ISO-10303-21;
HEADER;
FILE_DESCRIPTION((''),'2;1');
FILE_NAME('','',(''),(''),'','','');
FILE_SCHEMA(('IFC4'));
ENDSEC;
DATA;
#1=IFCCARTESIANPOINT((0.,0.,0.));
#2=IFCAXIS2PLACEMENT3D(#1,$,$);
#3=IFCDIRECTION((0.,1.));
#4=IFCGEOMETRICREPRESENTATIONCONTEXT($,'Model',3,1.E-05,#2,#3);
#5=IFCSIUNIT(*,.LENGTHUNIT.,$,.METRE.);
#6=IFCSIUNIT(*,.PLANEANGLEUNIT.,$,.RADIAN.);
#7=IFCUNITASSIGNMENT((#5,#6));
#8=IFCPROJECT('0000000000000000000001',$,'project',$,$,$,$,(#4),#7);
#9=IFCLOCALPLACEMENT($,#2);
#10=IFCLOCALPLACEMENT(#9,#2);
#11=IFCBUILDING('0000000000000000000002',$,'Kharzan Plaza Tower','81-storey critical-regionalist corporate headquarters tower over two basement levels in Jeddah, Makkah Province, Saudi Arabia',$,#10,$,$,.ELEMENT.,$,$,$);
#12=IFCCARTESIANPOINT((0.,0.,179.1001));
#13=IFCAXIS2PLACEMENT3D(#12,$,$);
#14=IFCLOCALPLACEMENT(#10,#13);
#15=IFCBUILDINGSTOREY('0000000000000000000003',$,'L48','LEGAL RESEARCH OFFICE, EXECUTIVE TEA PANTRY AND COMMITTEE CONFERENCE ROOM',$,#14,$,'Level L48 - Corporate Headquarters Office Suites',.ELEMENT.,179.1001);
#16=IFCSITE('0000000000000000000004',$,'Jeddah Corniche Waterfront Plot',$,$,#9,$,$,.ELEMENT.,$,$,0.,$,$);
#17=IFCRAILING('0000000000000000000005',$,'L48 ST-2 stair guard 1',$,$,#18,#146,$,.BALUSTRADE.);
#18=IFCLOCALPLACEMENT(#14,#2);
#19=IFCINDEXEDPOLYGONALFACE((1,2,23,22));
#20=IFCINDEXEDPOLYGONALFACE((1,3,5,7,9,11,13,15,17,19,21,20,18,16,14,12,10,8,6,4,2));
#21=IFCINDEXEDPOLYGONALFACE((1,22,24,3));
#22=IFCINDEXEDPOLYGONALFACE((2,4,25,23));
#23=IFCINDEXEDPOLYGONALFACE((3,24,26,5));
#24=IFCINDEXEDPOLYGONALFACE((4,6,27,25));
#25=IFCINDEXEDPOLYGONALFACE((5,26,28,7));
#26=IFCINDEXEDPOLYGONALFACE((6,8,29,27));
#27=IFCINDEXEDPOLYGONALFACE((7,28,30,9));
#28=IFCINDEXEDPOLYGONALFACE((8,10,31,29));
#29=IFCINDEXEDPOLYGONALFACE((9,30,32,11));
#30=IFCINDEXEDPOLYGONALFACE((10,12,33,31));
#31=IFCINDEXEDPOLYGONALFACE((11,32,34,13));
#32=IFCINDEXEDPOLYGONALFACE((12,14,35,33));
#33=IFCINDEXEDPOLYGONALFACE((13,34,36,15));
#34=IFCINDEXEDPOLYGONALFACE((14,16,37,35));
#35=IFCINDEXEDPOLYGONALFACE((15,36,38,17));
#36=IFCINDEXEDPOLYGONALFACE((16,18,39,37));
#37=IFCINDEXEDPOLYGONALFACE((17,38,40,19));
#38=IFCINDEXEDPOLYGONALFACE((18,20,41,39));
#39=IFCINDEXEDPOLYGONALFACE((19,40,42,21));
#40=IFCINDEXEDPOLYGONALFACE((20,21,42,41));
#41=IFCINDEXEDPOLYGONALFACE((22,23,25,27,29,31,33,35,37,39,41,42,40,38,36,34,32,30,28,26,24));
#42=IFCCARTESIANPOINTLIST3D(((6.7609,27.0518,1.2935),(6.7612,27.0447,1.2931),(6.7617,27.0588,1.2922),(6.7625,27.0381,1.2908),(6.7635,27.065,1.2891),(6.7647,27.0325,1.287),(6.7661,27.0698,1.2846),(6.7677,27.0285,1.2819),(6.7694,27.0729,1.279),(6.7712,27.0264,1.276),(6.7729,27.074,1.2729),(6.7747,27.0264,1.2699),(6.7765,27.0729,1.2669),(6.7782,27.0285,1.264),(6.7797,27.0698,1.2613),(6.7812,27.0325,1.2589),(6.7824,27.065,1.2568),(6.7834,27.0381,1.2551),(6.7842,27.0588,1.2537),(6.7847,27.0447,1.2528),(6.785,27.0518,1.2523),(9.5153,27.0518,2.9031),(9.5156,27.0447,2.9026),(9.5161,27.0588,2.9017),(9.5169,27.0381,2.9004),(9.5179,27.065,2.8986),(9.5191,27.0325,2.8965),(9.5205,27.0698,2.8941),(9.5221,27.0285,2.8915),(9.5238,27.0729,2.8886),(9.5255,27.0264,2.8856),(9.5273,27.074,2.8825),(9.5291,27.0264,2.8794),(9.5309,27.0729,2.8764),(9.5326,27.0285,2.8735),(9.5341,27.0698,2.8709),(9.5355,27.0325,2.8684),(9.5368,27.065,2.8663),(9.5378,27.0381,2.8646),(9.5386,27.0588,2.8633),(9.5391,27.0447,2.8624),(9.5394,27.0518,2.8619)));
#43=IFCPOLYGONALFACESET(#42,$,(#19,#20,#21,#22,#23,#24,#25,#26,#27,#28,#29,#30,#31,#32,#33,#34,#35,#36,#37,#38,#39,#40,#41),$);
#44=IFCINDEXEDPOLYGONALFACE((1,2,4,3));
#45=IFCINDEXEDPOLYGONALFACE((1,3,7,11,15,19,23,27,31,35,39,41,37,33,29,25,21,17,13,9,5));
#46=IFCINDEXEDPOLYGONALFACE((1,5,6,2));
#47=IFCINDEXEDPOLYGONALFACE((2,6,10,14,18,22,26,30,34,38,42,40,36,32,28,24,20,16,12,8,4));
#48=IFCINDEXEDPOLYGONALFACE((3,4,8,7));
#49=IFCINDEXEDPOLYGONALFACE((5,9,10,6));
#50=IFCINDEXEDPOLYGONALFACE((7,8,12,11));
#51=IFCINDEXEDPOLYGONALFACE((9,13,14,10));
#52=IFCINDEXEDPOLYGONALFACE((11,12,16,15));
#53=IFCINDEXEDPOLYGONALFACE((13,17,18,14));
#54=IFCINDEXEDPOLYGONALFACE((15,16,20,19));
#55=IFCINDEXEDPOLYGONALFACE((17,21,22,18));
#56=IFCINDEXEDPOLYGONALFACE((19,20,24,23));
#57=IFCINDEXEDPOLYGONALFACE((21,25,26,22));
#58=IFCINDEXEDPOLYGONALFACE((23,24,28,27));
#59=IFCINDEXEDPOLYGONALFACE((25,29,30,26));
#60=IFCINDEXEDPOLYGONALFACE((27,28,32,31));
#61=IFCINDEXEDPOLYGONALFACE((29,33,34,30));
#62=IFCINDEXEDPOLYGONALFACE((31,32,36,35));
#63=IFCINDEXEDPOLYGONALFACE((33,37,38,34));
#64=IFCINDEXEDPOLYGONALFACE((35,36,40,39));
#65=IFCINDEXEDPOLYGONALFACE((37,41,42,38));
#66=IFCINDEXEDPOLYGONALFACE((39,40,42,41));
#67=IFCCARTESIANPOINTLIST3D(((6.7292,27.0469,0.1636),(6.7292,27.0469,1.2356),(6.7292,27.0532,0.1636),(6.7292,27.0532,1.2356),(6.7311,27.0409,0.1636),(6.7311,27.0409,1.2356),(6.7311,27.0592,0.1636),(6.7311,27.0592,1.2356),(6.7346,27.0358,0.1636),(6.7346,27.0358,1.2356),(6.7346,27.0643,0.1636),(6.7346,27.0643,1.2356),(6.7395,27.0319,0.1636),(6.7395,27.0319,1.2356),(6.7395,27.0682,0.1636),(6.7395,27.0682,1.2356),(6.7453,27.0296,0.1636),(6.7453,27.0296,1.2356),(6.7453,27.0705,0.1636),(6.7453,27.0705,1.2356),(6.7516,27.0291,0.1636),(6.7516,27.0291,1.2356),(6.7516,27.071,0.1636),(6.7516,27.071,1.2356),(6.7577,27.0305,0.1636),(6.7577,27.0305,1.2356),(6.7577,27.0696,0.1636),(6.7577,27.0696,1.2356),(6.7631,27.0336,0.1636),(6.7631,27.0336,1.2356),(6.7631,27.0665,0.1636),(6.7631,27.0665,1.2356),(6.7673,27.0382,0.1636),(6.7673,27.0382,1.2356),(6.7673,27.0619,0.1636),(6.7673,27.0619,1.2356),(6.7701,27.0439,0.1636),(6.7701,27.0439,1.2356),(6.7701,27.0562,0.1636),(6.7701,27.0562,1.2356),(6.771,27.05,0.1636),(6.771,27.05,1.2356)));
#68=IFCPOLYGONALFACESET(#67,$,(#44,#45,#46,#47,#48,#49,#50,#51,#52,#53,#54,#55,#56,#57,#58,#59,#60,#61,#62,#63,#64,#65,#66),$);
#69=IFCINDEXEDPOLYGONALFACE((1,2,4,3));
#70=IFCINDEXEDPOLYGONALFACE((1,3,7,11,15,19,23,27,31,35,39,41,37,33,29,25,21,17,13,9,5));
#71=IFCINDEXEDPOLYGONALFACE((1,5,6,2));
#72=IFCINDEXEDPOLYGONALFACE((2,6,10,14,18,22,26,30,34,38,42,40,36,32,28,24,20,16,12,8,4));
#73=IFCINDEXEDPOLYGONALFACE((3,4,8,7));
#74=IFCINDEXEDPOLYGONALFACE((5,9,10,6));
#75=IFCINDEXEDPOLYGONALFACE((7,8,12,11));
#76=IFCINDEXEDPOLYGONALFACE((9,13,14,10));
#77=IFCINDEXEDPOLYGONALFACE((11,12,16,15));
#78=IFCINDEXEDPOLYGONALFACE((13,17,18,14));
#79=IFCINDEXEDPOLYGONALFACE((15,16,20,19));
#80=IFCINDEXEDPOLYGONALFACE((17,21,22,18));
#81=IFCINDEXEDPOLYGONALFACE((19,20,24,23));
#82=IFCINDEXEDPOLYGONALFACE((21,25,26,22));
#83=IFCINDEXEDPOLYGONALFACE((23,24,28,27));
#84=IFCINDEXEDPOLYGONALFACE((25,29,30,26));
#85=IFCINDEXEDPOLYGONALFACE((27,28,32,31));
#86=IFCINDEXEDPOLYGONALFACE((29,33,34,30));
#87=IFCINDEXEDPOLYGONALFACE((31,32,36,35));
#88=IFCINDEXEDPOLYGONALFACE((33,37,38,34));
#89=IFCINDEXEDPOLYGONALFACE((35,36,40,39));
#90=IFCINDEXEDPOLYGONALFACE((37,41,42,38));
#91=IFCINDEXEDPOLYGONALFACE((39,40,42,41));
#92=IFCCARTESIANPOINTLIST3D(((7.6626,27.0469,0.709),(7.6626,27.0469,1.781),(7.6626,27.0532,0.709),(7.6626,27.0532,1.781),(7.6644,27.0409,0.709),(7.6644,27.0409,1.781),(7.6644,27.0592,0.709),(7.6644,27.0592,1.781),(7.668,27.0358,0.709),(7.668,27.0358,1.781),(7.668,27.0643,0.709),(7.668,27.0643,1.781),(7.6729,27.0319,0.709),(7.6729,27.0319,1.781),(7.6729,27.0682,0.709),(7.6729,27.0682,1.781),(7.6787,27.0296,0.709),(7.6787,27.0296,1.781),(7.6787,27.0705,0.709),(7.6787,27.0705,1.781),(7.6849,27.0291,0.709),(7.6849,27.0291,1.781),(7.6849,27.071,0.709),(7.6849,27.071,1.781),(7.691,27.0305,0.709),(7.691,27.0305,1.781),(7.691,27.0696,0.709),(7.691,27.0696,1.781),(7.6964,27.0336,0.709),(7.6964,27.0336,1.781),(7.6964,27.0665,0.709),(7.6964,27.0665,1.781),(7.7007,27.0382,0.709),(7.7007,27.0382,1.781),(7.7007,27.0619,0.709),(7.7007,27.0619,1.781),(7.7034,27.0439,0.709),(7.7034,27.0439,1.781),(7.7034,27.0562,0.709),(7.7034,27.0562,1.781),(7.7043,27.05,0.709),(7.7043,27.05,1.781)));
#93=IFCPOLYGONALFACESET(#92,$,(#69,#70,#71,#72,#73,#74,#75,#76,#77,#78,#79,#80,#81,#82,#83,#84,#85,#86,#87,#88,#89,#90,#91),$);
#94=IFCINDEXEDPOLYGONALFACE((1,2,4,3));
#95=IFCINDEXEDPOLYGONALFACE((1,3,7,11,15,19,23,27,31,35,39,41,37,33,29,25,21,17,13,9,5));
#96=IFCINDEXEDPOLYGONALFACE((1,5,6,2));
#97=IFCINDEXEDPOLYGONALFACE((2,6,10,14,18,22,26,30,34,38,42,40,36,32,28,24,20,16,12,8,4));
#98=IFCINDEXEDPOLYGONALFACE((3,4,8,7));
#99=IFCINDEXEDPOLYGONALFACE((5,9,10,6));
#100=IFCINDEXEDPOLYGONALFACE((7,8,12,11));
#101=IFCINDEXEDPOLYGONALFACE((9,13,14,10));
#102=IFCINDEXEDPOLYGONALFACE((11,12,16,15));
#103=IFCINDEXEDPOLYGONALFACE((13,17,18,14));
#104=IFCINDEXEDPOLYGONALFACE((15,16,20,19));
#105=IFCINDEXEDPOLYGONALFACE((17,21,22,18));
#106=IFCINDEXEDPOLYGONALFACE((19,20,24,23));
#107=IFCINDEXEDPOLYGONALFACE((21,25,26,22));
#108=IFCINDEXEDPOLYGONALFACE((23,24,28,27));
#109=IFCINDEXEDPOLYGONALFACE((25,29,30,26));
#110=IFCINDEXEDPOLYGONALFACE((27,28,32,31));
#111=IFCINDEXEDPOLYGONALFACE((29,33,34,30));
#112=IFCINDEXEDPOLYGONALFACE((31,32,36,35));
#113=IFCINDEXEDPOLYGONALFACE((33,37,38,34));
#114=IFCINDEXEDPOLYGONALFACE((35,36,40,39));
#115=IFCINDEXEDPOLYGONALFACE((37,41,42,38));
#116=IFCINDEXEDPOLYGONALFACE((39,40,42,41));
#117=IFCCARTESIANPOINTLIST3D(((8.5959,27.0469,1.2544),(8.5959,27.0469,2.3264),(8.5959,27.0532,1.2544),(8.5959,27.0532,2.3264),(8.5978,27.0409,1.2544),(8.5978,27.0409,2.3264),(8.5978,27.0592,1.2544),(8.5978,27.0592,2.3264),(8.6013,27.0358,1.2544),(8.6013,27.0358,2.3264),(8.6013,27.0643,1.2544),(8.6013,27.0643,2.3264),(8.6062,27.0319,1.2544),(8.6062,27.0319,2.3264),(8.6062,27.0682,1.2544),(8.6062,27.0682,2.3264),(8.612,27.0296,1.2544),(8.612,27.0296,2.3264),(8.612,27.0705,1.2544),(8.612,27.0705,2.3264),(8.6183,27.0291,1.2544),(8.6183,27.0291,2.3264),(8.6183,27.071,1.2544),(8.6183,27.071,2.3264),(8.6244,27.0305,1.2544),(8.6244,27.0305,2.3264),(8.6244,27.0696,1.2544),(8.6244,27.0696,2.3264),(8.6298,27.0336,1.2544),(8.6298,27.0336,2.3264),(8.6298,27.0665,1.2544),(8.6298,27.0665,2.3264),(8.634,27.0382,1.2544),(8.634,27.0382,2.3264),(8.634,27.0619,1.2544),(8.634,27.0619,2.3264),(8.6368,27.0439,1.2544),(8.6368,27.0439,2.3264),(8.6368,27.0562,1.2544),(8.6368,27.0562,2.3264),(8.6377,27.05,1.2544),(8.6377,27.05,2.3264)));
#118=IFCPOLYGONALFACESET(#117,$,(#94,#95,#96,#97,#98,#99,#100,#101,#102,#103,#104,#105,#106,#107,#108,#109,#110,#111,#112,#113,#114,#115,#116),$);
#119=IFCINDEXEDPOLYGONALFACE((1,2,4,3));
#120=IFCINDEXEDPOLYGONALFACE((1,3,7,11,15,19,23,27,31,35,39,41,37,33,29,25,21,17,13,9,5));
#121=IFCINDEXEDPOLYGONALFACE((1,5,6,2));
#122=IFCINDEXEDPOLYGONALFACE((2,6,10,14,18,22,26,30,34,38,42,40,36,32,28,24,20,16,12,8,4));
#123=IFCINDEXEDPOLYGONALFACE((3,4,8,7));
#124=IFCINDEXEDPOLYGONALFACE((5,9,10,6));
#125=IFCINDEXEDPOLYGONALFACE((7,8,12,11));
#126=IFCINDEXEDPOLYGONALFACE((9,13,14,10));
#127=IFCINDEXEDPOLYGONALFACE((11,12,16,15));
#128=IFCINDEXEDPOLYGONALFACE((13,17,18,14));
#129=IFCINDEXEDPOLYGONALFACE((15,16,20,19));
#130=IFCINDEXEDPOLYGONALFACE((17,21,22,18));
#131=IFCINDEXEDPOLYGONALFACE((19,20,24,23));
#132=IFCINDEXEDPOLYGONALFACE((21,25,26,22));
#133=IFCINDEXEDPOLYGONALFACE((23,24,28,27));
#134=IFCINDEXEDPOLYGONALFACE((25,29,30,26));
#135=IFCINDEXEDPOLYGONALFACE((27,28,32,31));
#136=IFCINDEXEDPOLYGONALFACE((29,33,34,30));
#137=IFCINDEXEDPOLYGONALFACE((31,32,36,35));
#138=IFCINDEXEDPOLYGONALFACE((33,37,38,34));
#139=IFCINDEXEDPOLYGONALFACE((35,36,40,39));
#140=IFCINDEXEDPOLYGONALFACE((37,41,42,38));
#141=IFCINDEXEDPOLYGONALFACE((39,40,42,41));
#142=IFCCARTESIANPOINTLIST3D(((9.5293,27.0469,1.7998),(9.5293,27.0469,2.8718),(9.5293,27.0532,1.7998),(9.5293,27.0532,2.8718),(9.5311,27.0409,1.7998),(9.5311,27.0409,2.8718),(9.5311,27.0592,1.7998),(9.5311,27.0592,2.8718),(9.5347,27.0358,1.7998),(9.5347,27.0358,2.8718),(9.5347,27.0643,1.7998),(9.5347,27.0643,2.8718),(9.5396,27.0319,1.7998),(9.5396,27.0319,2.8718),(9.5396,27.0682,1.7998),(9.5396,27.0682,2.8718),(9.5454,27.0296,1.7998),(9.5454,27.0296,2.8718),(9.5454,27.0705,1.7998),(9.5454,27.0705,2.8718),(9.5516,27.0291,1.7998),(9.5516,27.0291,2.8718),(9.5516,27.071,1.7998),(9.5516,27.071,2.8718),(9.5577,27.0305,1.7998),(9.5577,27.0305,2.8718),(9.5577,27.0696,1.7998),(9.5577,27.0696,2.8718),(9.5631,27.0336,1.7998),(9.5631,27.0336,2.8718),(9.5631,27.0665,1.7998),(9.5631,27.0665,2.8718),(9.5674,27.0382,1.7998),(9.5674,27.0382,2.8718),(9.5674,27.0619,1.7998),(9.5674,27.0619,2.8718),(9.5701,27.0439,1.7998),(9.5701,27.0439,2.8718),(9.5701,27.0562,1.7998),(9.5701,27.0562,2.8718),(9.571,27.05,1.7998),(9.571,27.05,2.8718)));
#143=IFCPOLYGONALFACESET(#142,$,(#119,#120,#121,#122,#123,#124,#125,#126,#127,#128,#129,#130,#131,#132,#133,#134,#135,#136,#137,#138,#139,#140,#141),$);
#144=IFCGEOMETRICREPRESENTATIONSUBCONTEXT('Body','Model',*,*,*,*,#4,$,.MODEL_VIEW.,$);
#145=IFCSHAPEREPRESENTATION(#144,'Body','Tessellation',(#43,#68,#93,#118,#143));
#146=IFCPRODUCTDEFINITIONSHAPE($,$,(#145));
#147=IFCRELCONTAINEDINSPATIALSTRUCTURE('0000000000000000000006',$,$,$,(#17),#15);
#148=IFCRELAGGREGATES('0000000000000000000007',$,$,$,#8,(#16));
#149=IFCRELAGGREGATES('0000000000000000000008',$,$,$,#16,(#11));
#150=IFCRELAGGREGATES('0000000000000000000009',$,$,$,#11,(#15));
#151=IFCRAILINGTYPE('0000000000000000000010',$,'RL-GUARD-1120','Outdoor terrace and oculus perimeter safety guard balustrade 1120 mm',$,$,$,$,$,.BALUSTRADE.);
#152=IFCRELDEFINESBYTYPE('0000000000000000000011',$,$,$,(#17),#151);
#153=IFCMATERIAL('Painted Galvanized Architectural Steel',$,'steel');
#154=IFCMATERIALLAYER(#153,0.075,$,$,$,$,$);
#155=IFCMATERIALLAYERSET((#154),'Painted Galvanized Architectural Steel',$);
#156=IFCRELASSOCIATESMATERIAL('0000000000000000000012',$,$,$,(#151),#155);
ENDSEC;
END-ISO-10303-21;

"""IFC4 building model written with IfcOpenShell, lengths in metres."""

from ifc_helpers import new_model, si_unit, direction, frame, origin, origin_2d, place, context, subcontext, project, spatial, circle, extrude, source, transform, mapped, material, layer, layer_set, type_object, element, save


model = new_model("IFC4")

# Units and contexts
model_context = context("Model", 3, precision=1e-05, world=origin(), true_north=direction((0.0, 1.0)))
body_context = subcontext(model_context, "Body", "Model", "MODEL_VIEW")
ifc_project = project(units=[si_unit("LENGTHUNIT", "METRE"), si_unit("PLANEANGLEUNIT", "RADIAN")], contexts=[model_context])

# Site, building, storey
site_placement = place(None, origin())
site = spatial("IfcSite", under=ifc_project, at=site_placement, Name="Jeddah Corniche Waterfront Plot", CompositionType="ELEMENT", RefElevation=0.0)
building_placement = place(site_placement, origin())
building = spatial("IfcBuilding", under=site, at=building_placement, Name="Kharzan Plaza Tower", Description="81-storey critical-regionalist corporate headquarters tower over two basement levels in Jeddah, Makkah Province, Saudi Arabia", CompositionType="ELEMENT")
storey_placement = place(building_placement, frame((0.0, 0.0, 179.1001)))
storey = spatial("IfcBuildingStorey", under=building, at=storey_placement, Name="L48", Description="LEGAL RESEARCH OFFICE, EXECUTIVE TEA PANTRY AND COMMITTEE CONFERENCE ROOM", LongName="Level L48 - Corporate Headquarters Office Suites", CompositionType="ELEMENT", Elevation=179.1001)

# Railing
ifc_material_1 = material(Name="Painted Galvanized Architectural Steel", Category="steel")
ifc_layer_1 = layer(ifc_material_1, 0.075)
ifc_layer_set_1 = layer_set([ifc_layer_1], Name="Painted Galvanized Architectural Steel")
railing_type_1 = type_object("IfcRailingType", Name="RL-GUARD-1120", Description="Outdoor terrace and oculus perimeter safety guard balustrade 1120 mm", PredefinedType="BALUSTRADE", material=ifc_layer_set_1)
shared_shape_1 = source(origin(), body_context, "Body", "SweptSolid", [
    extrude(circle(Radius=0.0239, at=origin_2d()), frame((0.0229, 0.0, 1.1094), z_axis=(0.863394, 0.0, 0.504531), x_axis=(0.0, 1.0, 0.0)), (0.0, 0.0, 1.0), 3.1902),
    extrude(circle(Radius=0.021, at=origin_2d()), origin(), (0.0, 0.0, 1.0), 1.072),
    extrude(circle(Radius=0.021, at=origin_2d()), frame((0.9333, 0.0, 0.5454)), (0.0, 0.0, 1.0), 1.072),
    extrude(circle(Radius=0.021, at=origin_2d()), frame((1.8667, 0.0, 1.0908)), (0.0, 0.0, 1.0), 1.072),
    extrude(circle(Radius=0.021, at=origin_2d()), frame((2.8, 0.0, 1.6362)), (0.0, 0.0, 1.0), 1.072),
])
railing_1_placement = place(storey_placement, frame((6.75, 27.05, 0.1636)))
element("IfcRailing", 1, at=railing_1_placement, inside=storey, type_object=railing_type_1, Name="L48 ST-2 stair guard 1", PredefinedType="BALUSTRADE", context=body_context, shape_type="MappedRepresentation", body=[
    mapped(shared_shape_1, transform((0.0, 0.0, 0.0), x_axis=(1.0, 0.0, 0.0), y_axis=(0.0, 1.0, 0.0), z_axis=(0.0, 0.0, 1.0))),
])

save(model, "model.ifc")
